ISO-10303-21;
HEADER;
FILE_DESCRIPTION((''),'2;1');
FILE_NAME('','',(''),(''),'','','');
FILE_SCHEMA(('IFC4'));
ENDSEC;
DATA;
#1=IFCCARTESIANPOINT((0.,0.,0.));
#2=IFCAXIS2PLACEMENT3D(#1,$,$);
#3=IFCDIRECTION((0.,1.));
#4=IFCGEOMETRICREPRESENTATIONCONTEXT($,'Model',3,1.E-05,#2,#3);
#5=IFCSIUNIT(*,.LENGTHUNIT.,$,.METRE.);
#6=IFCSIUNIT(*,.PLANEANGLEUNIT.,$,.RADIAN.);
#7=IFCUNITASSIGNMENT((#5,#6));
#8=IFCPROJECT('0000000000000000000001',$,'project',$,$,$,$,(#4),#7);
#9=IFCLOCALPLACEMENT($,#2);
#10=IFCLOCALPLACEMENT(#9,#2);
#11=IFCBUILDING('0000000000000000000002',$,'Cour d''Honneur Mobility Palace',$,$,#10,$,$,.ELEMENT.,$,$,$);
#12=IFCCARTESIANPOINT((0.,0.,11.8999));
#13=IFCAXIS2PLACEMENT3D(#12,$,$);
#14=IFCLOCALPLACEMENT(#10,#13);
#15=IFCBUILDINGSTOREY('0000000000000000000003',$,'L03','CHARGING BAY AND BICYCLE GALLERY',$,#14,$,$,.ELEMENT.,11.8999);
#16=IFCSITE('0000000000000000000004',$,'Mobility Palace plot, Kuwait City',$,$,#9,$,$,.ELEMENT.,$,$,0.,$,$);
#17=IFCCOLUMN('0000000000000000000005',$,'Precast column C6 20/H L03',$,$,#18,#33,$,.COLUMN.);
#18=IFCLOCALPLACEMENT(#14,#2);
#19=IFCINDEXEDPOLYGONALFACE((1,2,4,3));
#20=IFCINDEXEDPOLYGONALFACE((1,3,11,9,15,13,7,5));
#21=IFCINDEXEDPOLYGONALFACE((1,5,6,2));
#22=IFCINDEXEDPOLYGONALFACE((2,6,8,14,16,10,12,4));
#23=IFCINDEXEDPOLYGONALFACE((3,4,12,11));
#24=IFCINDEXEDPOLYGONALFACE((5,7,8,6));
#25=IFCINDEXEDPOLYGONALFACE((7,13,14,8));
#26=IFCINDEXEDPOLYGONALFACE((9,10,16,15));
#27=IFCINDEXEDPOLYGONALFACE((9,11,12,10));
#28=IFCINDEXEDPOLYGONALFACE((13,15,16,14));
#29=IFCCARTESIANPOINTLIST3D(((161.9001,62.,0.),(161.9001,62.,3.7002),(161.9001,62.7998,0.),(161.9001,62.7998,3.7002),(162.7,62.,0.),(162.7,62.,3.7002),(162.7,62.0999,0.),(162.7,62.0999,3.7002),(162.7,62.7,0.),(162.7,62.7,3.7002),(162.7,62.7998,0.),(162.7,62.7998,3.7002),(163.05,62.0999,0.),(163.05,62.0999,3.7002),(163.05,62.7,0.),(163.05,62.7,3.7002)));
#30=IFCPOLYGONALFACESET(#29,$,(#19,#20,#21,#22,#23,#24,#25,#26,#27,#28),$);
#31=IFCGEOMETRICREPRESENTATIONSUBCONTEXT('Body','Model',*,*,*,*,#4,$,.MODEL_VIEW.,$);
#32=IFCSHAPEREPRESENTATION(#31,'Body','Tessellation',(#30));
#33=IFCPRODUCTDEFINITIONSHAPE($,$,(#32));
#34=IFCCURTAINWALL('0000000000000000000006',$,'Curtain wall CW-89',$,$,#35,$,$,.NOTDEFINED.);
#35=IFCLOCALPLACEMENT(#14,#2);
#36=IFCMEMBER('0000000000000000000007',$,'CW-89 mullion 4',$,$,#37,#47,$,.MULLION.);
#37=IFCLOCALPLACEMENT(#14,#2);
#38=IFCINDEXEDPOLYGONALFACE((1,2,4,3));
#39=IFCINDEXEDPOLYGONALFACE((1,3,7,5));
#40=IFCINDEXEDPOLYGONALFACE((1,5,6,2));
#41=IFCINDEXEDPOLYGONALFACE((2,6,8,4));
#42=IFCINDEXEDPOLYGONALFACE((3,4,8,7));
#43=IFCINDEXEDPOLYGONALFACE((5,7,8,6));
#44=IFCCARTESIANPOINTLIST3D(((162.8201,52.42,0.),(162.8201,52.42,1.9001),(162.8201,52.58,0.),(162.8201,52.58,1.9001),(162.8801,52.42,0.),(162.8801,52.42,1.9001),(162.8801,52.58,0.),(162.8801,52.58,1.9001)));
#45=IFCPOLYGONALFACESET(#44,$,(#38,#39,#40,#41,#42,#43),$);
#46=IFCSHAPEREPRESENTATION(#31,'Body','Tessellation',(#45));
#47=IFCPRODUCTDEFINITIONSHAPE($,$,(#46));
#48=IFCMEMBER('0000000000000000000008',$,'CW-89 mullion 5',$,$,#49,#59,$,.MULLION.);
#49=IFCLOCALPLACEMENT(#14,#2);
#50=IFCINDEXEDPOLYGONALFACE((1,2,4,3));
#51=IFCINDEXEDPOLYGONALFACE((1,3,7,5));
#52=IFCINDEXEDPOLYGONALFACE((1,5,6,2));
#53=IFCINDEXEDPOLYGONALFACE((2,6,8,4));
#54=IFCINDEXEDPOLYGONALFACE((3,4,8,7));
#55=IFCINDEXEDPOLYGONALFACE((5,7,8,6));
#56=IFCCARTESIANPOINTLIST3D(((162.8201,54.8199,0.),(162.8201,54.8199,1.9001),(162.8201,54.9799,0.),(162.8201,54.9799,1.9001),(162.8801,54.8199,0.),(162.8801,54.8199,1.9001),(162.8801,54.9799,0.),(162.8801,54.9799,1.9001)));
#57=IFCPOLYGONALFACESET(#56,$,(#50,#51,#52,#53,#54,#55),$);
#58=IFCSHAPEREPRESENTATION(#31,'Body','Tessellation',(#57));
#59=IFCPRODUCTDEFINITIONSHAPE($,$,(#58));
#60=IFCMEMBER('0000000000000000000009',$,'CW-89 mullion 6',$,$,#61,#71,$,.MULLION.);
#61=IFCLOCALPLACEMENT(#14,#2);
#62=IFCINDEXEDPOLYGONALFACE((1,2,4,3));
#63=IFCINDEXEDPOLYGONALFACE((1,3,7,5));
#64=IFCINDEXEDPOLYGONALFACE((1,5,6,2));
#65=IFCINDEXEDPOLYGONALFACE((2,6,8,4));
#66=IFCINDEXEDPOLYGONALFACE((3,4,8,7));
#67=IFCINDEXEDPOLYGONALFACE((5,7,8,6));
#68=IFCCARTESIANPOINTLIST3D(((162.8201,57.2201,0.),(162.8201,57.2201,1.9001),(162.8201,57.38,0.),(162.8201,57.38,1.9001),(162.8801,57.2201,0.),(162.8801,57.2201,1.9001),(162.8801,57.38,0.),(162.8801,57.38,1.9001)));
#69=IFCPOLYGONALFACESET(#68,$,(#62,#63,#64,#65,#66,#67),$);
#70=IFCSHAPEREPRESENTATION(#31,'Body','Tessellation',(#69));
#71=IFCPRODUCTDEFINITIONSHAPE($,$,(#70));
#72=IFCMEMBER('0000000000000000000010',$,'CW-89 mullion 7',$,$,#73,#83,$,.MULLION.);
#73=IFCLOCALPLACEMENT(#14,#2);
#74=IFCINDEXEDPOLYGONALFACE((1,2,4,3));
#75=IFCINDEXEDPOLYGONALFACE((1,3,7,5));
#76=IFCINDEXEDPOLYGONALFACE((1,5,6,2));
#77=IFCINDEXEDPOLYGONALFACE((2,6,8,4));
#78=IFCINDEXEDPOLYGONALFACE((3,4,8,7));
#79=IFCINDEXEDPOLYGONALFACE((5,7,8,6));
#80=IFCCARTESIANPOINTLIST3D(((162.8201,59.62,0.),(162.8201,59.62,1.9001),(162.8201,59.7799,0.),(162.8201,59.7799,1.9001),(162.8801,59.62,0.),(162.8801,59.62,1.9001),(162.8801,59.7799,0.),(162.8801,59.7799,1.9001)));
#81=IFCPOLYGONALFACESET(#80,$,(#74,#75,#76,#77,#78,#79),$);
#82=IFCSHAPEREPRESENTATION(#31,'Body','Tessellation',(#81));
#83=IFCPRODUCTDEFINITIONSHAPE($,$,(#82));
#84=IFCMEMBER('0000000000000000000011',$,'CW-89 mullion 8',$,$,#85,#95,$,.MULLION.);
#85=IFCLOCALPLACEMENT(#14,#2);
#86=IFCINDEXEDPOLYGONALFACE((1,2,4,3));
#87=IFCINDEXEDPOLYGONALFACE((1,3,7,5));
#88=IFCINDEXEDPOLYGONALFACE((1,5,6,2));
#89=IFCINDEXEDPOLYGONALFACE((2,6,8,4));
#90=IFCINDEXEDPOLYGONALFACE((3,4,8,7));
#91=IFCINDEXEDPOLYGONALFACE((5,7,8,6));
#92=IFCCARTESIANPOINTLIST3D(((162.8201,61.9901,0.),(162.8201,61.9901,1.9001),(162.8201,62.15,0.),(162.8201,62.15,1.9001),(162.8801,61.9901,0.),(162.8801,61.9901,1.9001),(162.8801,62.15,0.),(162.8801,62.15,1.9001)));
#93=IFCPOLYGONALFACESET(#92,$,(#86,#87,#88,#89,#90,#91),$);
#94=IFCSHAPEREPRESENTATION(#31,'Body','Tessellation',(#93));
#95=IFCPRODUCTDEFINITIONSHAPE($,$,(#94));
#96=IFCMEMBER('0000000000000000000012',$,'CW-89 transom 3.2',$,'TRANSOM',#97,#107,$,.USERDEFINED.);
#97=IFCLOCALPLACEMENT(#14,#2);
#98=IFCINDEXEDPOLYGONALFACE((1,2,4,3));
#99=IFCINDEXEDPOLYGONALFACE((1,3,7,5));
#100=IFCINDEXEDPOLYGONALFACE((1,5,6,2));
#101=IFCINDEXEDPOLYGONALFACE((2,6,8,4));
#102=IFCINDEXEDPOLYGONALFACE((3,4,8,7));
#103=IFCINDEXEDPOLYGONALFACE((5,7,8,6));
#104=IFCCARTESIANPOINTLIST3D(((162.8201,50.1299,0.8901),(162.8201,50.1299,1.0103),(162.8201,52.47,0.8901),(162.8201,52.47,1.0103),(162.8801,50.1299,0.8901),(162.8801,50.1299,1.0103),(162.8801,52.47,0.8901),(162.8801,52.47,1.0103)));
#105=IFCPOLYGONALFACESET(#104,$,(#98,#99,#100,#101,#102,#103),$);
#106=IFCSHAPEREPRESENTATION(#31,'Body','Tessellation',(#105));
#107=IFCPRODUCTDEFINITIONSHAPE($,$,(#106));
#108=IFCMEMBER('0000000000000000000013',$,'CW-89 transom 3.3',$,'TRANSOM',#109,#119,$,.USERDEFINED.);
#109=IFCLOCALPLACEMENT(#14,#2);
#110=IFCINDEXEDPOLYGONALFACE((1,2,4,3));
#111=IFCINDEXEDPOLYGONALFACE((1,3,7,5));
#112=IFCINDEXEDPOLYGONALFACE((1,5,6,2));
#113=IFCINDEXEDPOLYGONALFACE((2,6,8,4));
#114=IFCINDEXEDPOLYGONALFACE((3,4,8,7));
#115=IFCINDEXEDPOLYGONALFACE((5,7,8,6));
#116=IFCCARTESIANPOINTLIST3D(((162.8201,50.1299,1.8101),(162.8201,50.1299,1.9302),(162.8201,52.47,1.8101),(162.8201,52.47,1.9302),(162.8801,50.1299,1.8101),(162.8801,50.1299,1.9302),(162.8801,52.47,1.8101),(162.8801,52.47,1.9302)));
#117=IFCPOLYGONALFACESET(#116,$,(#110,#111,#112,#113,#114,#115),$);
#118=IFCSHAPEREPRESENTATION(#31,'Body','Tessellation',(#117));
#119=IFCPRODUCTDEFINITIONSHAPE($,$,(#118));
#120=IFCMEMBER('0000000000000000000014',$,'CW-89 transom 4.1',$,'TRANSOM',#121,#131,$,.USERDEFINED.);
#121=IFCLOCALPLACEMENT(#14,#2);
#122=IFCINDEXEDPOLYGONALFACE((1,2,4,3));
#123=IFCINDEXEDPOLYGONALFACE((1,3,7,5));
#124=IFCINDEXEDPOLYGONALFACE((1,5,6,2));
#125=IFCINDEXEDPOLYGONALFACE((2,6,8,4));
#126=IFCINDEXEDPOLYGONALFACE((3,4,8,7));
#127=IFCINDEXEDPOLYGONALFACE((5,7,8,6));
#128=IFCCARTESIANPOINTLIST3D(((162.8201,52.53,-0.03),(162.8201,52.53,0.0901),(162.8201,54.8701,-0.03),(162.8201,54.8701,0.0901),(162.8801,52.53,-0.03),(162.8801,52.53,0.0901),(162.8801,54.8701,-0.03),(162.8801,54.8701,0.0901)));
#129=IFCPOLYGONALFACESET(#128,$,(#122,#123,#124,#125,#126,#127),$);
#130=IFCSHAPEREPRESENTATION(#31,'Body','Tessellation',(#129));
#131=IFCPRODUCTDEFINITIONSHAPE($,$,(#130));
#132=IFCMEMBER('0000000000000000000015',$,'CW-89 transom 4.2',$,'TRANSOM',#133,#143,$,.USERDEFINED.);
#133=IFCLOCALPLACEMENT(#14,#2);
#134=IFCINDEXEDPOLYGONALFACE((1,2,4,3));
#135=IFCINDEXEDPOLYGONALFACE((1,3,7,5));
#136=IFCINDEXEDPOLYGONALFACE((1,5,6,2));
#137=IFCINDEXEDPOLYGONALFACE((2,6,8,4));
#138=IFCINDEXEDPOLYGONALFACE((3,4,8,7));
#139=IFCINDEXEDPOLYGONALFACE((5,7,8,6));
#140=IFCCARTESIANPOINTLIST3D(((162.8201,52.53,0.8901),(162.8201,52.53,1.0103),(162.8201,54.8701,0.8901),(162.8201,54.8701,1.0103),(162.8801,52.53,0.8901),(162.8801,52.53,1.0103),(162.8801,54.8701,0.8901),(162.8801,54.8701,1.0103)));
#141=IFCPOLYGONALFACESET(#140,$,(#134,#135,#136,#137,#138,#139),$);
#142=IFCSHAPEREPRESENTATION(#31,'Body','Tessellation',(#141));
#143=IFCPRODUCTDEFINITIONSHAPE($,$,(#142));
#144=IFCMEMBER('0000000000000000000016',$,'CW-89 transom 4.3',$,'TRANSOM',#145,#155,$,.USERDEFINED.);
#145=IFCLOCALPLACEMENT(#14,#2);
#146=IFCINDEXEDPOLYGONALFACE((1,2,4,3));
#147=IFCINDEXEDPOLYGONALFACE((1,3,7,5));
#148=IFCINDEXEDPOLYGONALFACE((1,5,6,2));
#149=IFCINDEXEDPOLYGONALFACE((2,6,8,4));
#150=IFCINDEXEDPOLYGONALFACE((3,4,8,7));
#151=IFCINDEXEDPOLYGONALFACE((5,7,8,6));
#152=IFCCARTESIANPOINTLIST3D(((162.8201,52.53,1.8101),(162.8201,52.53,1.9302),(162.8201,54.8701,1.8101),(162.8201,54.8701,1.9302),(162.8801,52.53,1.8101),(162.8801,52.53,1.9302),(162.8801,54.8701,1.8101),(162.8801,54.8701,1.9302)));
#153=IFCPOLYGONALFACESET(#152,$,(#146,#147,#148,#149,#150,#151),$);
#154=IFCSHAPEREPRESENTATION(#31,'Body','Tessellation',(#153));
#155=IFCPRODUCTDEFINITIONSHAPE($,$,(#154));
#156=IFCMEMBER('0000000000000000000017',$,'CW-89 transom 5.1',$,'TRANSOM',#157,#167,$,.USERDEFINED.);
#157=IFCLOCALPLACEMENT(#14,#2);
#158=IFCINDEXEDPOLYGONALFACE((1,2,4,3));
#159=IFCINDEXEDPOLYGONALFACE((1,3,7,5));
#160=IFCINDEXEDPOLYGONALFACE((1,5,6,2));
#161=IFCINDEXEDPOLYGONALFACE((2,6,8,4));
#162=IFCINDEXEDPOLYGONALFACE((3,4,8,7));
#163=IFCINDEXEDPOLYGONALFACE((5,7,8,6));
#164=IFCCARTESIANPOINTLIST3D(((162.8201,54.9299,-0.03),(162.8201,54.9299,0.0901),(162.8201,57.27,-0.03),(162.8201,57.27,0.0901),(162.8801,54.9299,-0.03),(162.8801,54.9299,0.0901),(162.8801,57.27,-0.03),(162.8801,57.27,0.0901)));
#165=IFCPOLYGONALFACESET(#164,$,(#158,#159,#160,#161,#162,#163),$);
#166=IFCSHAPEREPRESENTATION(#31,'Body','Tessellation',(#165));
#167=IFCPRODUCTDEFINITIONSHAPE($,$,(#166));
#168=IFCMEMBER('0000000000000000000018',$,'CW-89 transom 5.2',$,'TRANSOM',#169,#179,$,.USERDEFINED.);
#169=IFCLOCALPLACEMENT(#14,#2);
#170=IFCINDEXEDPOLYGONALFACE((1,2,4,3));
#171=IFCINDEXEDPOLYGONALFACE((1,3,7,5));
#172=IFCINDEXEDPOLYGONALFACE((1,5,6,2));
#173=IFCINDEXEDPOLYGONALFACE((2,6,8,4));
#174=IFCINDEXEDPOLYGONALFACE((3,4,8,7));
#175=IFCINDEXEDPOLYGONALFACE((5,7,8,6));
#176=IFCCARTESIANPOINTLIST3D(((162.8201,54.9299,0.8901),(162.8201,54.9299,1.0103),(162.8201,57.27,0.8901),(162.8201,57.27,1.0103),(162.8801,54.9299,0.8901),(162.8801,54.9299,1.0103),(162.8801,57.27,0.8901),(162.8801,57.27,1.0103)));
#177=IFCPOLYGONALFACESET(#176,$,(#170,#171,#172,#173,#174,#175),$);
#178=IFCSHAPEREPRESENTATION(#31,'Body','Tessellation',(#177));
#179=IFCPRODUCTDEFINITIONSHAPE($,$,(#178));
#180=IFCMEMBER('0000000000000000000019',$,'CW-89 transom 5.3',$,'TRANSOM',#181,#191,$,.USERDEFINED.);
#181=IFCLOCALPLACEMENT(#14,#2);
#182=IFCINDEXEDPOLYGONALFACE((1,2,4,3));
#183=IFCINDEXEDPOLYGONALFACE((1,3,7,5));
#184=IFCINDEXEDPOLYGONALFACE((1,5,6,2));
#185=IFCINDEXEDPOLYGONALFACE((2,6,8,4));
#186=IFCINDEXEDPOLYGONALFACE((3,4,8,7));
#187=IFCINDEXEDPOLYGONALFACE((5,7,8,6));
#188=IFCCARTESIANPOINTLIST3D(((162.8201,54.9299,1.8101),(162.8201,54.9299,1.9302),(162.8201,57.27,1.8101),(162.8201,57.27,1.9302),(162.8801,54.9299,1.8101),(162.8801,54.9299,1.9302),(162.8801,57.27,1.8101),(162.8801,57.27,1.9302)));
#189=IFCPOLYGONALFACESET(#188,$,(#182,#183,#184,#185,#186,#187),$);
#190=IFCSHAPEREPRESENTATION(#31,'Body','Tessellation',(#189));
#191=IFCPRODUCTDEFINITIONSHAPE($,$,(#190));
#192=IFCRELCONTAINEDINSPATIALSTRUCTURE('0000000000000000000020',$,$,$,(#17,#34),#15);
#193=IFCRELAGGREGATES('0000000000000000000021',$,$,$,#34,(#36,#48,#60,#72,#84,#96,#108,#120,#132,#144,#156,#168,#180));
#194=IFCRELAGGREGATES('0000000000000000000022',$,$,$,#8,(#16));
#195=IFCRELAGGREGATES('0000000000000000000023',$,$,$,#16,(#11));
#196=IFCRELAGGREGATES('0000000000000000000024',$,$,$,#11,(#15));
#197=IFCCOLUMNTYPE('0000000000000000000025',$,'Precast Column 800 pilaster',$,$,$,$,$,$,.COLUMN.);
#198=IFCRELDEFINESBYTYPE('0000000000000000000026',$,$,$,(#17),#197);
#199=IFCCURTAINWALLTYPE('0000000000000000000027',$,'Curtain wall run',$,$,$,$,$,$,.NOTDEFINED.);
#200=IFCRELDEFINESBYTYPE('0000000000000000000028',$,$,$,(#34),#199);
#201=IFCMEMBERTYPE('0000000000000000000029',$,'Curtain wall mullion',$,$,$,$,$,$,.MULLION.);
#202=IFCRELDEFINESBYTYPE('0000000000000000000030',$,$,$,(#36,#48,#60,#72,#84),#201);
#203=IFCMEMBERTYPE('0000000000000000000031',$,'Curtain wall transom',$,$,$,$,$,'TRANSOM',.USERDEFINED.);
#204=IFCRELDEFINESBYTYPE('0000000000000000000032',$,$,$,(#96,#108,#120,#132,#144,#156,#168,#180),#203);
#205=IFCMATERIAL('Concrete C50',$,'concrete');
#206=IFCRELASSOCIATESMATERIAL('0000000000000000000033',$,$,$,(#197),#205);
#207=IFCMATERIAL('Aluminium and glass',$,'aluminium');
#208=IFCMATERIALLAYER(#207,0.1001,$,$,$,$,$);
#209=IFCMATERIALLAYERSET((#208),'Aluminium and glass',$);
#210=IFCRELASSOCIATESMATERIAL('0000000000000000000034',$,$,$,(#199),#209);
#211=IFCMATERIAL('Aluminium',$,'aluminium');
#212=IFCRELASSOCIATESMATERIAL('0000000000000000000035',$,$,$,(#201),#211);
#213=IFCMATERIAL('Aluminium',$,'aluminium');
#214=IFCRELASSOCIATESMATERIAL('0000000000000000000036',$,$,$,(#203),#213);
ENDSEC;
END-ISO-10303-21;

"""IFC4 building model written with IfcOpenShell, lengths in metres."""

from ifc_helpers import new_model, si_unit, direction, frame, origin, origin_2d, place, context, subcontext, project, spatial, polyline, rectangle, outline, extrude, material, layer, layer_set, material_profile, profile_set, type_object, element, aggregate, save


model = new_model("IFC4")

# Units and contexts
model_context = context("Model", 3, precision=1e-05, world=origin(), true_north=direction((0.0, 1.0)))
body_context = subcontext(model_context, "Body", "Model", "MODEL_VIEW")
ifc_project = project(units=[si_unit("LENGTHUNIT", "METRE"), si_unit("PLANEANGLEUNIT", "RADIAN")], contexts=[model_context])

# Site, building, storey
site_placement = place(None, origin())
site = spatial("IfcSite", under=ifc_project, at=site_placement, Name="Mobility Palace plot, Kuwait City", CompositionType="ELEMENT", RefElevation=0.0)
building_placement = place(site_placement, origin())
building = spatial("IfcBuilding", under=site, at=building_placement, Name="Cour d'Honneur Mobility Palace", CompositionType="ELEMENT")
storey_placement = place(building_placement, frame((0.0, 0.0, 11.8999)))
storey = spatial("IfcBuildingStorey", under=building, at=storey_placement, Name="L03", Description="CHARGING BAY AND BICYCLE GALLERY", CompositionType="ELEMENT", Elevation=11.8999)

# Column
ifc_material_1 = material(Name="Concrete C50", Category="concrete")
ifc_material_profile_1 = material_profile(ifc_material_1, outline(polyline([(-0.3999, -0.3999), (0.3999, -0.3999), (0.3999, -0.3), (0.75, -0.3), (0.75, 0.3), (0.3999, 0.3), (0.3999, 0.3999), (-0.3999, 0.3999), (-0.3999, -0.3999)])), Name="PC C800 pilaster")
ifc_profile_set_1 = profile_set([ifc_material_profile_1], Name="Concrete C50")
column_type = type_object("IfcColumnType", Name="Precast Column 800 pilaster", PredefinedType="COLUMN", material=ifc_profile_set_1)
column_placement = place(storey_placement, frame((162.3, 62.3999, 0.0), z_axis=(0.0, 0.0, 1.0), x_axis=(1.0, 0.0, 0.0)))
element("IfcColumn", 1, at=column_placement, inside=storey, type_object=column_type, Name="Precast column C6 20/H L03", PredefinedType="COLUMN", context=body_context, shape_type="SweptSolid", body=[
    extrude(outline(polyline([(-0.3999, -0.3999), (0.3999, -0.3999), (0.3999, -0.3), (0.75, -0.3), (0.75, 0.3), (0.3999, 0.3), (0.3999, 0.3999), (-0.3999, 0.3999), (-0.3999, -0.3999)])), origin(), (0.0, 0.0, 1.0), 3.7002),
])

# Curtain wall, members
ifc_material_2 = material(Name="Aluminium and glass", Category="aluminium")
ifc_layer_1 = layer(ifc_material_2, 0.1001)
ifc_layer_set_1 = layer_set([ifc_layer_1], Name="Aluminium and glass")
curtain_wall_type = type_object("IfcCurtainWallType", Name="Curtain wall run", PredefinedType="NOTDEFINED", material=ifc_layer_set_1)
curtain_wall_placement = place(storey_placement, origin())
curtain_wall = element("IfcCurtainWall", 2, at=curtain_wall_placement, inside=storey, type_object=curtain_wall_type, Name="Curtain wall CW-89", PredefinedType="NOTDEFINED")
ifc_material_3 = material(Name="Aluminium", Category="aluminium")
ifc_material_profile_2 = material_profile(ifc_material_3, rectangle(XDim=0.0601, YDim=0.1599, at=origin_2d()), Name="Curtain wall mullion")
ifc_profile_set_2 = profile_set([ifc_material_profile_2], Name="Aluminium")
member_type_1 = type_object("IfcMemberType", Name="Curtain wall mullion", PredefinedType="MULLION", material=ifc_profile_set_2)
member_1_placement = place(storey_placement, frame((162.8501, 52.5, 0.0), z_axis=(0.0, 0.0, 1.0), x_axis=(-1.0, 0.0, 0.0)))
member_1 = element("IfcMember", 3, at=member_1_placement, type_object=member_type_1, Name="CW-89 mullion 4", PredefinedType="MULLION", context=body_context, shape_type="SweptSolid", body=[
    extrude(rectangle(XDim=0.0601, YDim=0.1599, at=origin_2d()), origin(), (0.0, 0.0, 1.0), 1.9001),
])
member_2_placement = place(storey_placement, frame((162.8501, 54.8999, 0.0), z_axis=(0.0, 0.0, 1.0), x_axis=(-1.0, 0.0, 0.0)))
member_2 = element("IfcMember", 4, at=member_2_placement, type_object=member_type_1, Name="CW-89 mullion 5", PredefinedType="MULLION", context=body_context, shape_type="SweptSolid", body=[
    extrude(rectangle(XDim=0.0601, YDim=0.1599, at=origin_2d()), origin(), (0.0, 0.0, 1.0), 1.9001),
])
member_3_placement = place(storey_placement, frame((162.8501, 57.3, 0.0), z_axis=(0.0, 0.0, 1.0), x_axis=(-1.0, 0.0, 0.0)))
member_3 = element("IfcMember", 5, at=member_3_placement, type_object=member_type_1, Name="CW-89 mullion 6", PredefinedType="MULLION", context=body_context, shape_type="SweptSolid", body=[
    extrude(rectangle(XDim=0.0601, YDim=0.1599, at=origin_2d()), origin(), (0.0, 0.0, 1.0), 1.9001),
])
member_4_placement = place(storey_placement, frame((162.8501, 59.7, 0.0), z_axis=(0.0, 0.0, 1.0), x_axis=(-1.0, 0.0, 0.0)))
member_4 = element("IfcMember", 6, at=member_4_placement, type_object=member_type_1, Name="CW-89 mullion 7", PredefinedType="MULLION", context=body_context, shape_type="SweptSolid", body=[
    extrude(rectangle(XDim=0.0601, YDim=0.1599, at=origin_2d()), origin(), (0.0, 0.0, 1.0), 1.9001),
])
member_5_placement = place(storey_placement, frame((162.8501, 62.0701, 0.0), z_axis=(0.0, 0.0, 1.0), x_axis=(-1.0, 0.0, 0.0)))
member_5 = element("IfcMember", 7, at=member_5_placement, type_object=member_type_1, Name="CW-89 mullion 8", PredefinedType="MULLION", context=body_context, shape_type="SweptSolid", body=[
    extrude(rectangle(XDim=0.0601, YDim=0.1599, at=origin_2d()), origin(), (0.0, 0.0, 1.0), 1.9001),
])
ifc_material_4 = material(Name="Aluminium", Category="aluminium")
ifc_material_profile_3 = material_profile(ifc_material_4, rectangle(XDim=0.0601, YDim=0.1201, at=origin_2d()), Name="Curtain wall transom")
ifc_profile_set_3 = profile_set([ifc_material_profile_3], Name="Aluminium")
member_type_2 = type_object("IfcMemberType", Name="Curtain wall transom", ElementType="TRANSOM", PredefinedType="USERDEFINED", material=ifc_profile_set_3)
member_6_placement = place(storey_placement, frame((162.8501, 50.1299, 0.9502), z_axis=(0.0, 1.0, 0.0), x_axis=(-1.0, 0.0, 0.0)))
member_6 = element("IfcMember", 8, at=member_6_placement, type_object=member_type_2, Name="CW-89 transom 3.2", ObjectType="TRANSOM", PredefinedType="USERDEFINED", context=body_context, shape_type="SweptSolid", body=[
    extrude(rectangle(XDim=0.0601, YDim=0.1201, at=origin_2d()), origin(), (0.0, 0.0, 1.0), 2.3401),
])
member_7_placement = place(storey_placement, frame((162.8501, 50.1299, 1.8701), z_axis=(0.0, 1.0, 0.0), x_axis=(-1.0, 0.0, 0.0)))
member_7 = element("IfcMember", 9, at=member_7_placement, type_object=member_type_2, Name="CW-89 transom 3.3", ObjectType="TRANSOM", PredefinedType="USERDEFINED", context=body_context, shape_type="SweptSolid", body=[
    extrude(rectangle(XDim=0.0601, YDim=0.1201, at=origin_2d()), origin(), (0.0, 0.0, 1.0), 2.3401),
])
member_8_placement = place(storey_placement, frame((162.8501, 52.53, 0.03), z_axis=(0.0, 1.0, 0.0), x_axis=(-1.0, 0.0, 0.0)))
member_8 = element("IfcMember", 10, at=member_8_placement, type_object=member_type_2, Name="CW-89 transom 4.1", ObjectType="TRANSOM", PredefinedType="USERDEFINED", context=body_context, shape_type="SweptSolid", body=[
    extrude(rectangle(XDim=0.0601, YDim=0.1201, at=origin_2d()), origin(), (0.0, 0.0, 1.0), 2.3401),
])
member_9_placement = place(storey_placement, frame((162.8501, 52.53, 0.9502), z_axis=(0.0, 1.0, 0.0), x_axis=(-1.0, 0.0, 0.0)))
member_9 = element("IfcMember", 11, at=member_9_placement, type_object=member_type_2, Name="CW-89 transom 4.2", ObjectType="TRANSOM", PredefinedType="USERDEFINED", context=body_context, shape_type="SweptSolid", body=[
    extrude(rectangle(XDim=0.0601, YDim=0.1201, at=origin_2d()), origin(), (0.0, 0.0, 1.0), 2.3401),
])
member_10_placement = place(storey_placement, frame((162.8501, 52.53, 1.8701), z_axis=(0.0, 1.0, 0.0), x_axis=(-1.0, 0.0, 0.0)))
member_10 = element("IfcMember", 12, at=member_10_placement, type_object=member_type_2, Name="CW-89 transom 4.3", ObjectType="TRANSOM", PredefinedType="USERDEFINED", context=body_context, shape_type="SweptSolid", body=[
    extrude(rectangle(XDim=0.0601, YDim=0.1201, at=origin_2d()), origin(), (0.0, 0.0, 1.0), 2.3401),
])
member_11_placement = place(storey_placement, frame((162.8501, 54.9299, 0.03), z_axis=(0.0, 1.0, 0.0), x_axis=(-1.0, 0.0, 0.0)))
member_11 = element("IfcMember", 13, at=member_11_placement, type_object=member_type_2, Name="CW-89 transom 5.1", ObjectType="TRANSOM", PredefinedType="USERDEFINED", context=body_context, shape_type="SweptSolid", body=[
    extrude(rectangle(XDim=0.0601, YDim=0.1201, at=origin_2d()), origin(), (0.0, 0.0, 1.0), 2.3401),
])
member_12_placement = place(storey_placement, frame((162.8501, 54.9299, 0.9502), z_axis=(0.0, 1.0, 0.0), x_axis=(-1.0, 0.0, 0.0)))
member_12 = element("IfcMember", 14, at=member_12_placement, type_object=member_type_2, Name="CW-89 transom 5.2", ObjectType="TRANSOM", PredefinedType="USERDEFINED", context=body_context, shape_type="SweptSolid", body=[
    extrude(rectangle(XDim=0.0601, YDim=0.1201, at=origin_2d()), origin(), (0.0, 0.0, 1.0), 2.3401),
])
member_13_placement = place(storey_placement, frame((162.8501, 54.9299, 1.8701), z_axis=(0.0, 1.0, 0.0), x_axis=(-1.0, 0.0, 0.0)))
member_13 = element("IfcMember", 15, at=member_13_placement, type_object=member_type_2, Name="CW-89 transom 5.3", ObjectType="TRANSOM", PredefinedType="USERDEFINED", context=body_context, shape_type="SweptSolid", body=[
    extrude(rectangle(XDim=0.0601, YDim=0.1201, at=origin_2d()), origin(), (0.0, 0.0, 1.0), 2.3401),
])
aggregate(curtain_wall, [member_1, member_2, member_3, member_4, member_5, member_6, member_7, member_8, member_9, member_10, member_11, member_12, member_13])

save(model, "model.ifc")
